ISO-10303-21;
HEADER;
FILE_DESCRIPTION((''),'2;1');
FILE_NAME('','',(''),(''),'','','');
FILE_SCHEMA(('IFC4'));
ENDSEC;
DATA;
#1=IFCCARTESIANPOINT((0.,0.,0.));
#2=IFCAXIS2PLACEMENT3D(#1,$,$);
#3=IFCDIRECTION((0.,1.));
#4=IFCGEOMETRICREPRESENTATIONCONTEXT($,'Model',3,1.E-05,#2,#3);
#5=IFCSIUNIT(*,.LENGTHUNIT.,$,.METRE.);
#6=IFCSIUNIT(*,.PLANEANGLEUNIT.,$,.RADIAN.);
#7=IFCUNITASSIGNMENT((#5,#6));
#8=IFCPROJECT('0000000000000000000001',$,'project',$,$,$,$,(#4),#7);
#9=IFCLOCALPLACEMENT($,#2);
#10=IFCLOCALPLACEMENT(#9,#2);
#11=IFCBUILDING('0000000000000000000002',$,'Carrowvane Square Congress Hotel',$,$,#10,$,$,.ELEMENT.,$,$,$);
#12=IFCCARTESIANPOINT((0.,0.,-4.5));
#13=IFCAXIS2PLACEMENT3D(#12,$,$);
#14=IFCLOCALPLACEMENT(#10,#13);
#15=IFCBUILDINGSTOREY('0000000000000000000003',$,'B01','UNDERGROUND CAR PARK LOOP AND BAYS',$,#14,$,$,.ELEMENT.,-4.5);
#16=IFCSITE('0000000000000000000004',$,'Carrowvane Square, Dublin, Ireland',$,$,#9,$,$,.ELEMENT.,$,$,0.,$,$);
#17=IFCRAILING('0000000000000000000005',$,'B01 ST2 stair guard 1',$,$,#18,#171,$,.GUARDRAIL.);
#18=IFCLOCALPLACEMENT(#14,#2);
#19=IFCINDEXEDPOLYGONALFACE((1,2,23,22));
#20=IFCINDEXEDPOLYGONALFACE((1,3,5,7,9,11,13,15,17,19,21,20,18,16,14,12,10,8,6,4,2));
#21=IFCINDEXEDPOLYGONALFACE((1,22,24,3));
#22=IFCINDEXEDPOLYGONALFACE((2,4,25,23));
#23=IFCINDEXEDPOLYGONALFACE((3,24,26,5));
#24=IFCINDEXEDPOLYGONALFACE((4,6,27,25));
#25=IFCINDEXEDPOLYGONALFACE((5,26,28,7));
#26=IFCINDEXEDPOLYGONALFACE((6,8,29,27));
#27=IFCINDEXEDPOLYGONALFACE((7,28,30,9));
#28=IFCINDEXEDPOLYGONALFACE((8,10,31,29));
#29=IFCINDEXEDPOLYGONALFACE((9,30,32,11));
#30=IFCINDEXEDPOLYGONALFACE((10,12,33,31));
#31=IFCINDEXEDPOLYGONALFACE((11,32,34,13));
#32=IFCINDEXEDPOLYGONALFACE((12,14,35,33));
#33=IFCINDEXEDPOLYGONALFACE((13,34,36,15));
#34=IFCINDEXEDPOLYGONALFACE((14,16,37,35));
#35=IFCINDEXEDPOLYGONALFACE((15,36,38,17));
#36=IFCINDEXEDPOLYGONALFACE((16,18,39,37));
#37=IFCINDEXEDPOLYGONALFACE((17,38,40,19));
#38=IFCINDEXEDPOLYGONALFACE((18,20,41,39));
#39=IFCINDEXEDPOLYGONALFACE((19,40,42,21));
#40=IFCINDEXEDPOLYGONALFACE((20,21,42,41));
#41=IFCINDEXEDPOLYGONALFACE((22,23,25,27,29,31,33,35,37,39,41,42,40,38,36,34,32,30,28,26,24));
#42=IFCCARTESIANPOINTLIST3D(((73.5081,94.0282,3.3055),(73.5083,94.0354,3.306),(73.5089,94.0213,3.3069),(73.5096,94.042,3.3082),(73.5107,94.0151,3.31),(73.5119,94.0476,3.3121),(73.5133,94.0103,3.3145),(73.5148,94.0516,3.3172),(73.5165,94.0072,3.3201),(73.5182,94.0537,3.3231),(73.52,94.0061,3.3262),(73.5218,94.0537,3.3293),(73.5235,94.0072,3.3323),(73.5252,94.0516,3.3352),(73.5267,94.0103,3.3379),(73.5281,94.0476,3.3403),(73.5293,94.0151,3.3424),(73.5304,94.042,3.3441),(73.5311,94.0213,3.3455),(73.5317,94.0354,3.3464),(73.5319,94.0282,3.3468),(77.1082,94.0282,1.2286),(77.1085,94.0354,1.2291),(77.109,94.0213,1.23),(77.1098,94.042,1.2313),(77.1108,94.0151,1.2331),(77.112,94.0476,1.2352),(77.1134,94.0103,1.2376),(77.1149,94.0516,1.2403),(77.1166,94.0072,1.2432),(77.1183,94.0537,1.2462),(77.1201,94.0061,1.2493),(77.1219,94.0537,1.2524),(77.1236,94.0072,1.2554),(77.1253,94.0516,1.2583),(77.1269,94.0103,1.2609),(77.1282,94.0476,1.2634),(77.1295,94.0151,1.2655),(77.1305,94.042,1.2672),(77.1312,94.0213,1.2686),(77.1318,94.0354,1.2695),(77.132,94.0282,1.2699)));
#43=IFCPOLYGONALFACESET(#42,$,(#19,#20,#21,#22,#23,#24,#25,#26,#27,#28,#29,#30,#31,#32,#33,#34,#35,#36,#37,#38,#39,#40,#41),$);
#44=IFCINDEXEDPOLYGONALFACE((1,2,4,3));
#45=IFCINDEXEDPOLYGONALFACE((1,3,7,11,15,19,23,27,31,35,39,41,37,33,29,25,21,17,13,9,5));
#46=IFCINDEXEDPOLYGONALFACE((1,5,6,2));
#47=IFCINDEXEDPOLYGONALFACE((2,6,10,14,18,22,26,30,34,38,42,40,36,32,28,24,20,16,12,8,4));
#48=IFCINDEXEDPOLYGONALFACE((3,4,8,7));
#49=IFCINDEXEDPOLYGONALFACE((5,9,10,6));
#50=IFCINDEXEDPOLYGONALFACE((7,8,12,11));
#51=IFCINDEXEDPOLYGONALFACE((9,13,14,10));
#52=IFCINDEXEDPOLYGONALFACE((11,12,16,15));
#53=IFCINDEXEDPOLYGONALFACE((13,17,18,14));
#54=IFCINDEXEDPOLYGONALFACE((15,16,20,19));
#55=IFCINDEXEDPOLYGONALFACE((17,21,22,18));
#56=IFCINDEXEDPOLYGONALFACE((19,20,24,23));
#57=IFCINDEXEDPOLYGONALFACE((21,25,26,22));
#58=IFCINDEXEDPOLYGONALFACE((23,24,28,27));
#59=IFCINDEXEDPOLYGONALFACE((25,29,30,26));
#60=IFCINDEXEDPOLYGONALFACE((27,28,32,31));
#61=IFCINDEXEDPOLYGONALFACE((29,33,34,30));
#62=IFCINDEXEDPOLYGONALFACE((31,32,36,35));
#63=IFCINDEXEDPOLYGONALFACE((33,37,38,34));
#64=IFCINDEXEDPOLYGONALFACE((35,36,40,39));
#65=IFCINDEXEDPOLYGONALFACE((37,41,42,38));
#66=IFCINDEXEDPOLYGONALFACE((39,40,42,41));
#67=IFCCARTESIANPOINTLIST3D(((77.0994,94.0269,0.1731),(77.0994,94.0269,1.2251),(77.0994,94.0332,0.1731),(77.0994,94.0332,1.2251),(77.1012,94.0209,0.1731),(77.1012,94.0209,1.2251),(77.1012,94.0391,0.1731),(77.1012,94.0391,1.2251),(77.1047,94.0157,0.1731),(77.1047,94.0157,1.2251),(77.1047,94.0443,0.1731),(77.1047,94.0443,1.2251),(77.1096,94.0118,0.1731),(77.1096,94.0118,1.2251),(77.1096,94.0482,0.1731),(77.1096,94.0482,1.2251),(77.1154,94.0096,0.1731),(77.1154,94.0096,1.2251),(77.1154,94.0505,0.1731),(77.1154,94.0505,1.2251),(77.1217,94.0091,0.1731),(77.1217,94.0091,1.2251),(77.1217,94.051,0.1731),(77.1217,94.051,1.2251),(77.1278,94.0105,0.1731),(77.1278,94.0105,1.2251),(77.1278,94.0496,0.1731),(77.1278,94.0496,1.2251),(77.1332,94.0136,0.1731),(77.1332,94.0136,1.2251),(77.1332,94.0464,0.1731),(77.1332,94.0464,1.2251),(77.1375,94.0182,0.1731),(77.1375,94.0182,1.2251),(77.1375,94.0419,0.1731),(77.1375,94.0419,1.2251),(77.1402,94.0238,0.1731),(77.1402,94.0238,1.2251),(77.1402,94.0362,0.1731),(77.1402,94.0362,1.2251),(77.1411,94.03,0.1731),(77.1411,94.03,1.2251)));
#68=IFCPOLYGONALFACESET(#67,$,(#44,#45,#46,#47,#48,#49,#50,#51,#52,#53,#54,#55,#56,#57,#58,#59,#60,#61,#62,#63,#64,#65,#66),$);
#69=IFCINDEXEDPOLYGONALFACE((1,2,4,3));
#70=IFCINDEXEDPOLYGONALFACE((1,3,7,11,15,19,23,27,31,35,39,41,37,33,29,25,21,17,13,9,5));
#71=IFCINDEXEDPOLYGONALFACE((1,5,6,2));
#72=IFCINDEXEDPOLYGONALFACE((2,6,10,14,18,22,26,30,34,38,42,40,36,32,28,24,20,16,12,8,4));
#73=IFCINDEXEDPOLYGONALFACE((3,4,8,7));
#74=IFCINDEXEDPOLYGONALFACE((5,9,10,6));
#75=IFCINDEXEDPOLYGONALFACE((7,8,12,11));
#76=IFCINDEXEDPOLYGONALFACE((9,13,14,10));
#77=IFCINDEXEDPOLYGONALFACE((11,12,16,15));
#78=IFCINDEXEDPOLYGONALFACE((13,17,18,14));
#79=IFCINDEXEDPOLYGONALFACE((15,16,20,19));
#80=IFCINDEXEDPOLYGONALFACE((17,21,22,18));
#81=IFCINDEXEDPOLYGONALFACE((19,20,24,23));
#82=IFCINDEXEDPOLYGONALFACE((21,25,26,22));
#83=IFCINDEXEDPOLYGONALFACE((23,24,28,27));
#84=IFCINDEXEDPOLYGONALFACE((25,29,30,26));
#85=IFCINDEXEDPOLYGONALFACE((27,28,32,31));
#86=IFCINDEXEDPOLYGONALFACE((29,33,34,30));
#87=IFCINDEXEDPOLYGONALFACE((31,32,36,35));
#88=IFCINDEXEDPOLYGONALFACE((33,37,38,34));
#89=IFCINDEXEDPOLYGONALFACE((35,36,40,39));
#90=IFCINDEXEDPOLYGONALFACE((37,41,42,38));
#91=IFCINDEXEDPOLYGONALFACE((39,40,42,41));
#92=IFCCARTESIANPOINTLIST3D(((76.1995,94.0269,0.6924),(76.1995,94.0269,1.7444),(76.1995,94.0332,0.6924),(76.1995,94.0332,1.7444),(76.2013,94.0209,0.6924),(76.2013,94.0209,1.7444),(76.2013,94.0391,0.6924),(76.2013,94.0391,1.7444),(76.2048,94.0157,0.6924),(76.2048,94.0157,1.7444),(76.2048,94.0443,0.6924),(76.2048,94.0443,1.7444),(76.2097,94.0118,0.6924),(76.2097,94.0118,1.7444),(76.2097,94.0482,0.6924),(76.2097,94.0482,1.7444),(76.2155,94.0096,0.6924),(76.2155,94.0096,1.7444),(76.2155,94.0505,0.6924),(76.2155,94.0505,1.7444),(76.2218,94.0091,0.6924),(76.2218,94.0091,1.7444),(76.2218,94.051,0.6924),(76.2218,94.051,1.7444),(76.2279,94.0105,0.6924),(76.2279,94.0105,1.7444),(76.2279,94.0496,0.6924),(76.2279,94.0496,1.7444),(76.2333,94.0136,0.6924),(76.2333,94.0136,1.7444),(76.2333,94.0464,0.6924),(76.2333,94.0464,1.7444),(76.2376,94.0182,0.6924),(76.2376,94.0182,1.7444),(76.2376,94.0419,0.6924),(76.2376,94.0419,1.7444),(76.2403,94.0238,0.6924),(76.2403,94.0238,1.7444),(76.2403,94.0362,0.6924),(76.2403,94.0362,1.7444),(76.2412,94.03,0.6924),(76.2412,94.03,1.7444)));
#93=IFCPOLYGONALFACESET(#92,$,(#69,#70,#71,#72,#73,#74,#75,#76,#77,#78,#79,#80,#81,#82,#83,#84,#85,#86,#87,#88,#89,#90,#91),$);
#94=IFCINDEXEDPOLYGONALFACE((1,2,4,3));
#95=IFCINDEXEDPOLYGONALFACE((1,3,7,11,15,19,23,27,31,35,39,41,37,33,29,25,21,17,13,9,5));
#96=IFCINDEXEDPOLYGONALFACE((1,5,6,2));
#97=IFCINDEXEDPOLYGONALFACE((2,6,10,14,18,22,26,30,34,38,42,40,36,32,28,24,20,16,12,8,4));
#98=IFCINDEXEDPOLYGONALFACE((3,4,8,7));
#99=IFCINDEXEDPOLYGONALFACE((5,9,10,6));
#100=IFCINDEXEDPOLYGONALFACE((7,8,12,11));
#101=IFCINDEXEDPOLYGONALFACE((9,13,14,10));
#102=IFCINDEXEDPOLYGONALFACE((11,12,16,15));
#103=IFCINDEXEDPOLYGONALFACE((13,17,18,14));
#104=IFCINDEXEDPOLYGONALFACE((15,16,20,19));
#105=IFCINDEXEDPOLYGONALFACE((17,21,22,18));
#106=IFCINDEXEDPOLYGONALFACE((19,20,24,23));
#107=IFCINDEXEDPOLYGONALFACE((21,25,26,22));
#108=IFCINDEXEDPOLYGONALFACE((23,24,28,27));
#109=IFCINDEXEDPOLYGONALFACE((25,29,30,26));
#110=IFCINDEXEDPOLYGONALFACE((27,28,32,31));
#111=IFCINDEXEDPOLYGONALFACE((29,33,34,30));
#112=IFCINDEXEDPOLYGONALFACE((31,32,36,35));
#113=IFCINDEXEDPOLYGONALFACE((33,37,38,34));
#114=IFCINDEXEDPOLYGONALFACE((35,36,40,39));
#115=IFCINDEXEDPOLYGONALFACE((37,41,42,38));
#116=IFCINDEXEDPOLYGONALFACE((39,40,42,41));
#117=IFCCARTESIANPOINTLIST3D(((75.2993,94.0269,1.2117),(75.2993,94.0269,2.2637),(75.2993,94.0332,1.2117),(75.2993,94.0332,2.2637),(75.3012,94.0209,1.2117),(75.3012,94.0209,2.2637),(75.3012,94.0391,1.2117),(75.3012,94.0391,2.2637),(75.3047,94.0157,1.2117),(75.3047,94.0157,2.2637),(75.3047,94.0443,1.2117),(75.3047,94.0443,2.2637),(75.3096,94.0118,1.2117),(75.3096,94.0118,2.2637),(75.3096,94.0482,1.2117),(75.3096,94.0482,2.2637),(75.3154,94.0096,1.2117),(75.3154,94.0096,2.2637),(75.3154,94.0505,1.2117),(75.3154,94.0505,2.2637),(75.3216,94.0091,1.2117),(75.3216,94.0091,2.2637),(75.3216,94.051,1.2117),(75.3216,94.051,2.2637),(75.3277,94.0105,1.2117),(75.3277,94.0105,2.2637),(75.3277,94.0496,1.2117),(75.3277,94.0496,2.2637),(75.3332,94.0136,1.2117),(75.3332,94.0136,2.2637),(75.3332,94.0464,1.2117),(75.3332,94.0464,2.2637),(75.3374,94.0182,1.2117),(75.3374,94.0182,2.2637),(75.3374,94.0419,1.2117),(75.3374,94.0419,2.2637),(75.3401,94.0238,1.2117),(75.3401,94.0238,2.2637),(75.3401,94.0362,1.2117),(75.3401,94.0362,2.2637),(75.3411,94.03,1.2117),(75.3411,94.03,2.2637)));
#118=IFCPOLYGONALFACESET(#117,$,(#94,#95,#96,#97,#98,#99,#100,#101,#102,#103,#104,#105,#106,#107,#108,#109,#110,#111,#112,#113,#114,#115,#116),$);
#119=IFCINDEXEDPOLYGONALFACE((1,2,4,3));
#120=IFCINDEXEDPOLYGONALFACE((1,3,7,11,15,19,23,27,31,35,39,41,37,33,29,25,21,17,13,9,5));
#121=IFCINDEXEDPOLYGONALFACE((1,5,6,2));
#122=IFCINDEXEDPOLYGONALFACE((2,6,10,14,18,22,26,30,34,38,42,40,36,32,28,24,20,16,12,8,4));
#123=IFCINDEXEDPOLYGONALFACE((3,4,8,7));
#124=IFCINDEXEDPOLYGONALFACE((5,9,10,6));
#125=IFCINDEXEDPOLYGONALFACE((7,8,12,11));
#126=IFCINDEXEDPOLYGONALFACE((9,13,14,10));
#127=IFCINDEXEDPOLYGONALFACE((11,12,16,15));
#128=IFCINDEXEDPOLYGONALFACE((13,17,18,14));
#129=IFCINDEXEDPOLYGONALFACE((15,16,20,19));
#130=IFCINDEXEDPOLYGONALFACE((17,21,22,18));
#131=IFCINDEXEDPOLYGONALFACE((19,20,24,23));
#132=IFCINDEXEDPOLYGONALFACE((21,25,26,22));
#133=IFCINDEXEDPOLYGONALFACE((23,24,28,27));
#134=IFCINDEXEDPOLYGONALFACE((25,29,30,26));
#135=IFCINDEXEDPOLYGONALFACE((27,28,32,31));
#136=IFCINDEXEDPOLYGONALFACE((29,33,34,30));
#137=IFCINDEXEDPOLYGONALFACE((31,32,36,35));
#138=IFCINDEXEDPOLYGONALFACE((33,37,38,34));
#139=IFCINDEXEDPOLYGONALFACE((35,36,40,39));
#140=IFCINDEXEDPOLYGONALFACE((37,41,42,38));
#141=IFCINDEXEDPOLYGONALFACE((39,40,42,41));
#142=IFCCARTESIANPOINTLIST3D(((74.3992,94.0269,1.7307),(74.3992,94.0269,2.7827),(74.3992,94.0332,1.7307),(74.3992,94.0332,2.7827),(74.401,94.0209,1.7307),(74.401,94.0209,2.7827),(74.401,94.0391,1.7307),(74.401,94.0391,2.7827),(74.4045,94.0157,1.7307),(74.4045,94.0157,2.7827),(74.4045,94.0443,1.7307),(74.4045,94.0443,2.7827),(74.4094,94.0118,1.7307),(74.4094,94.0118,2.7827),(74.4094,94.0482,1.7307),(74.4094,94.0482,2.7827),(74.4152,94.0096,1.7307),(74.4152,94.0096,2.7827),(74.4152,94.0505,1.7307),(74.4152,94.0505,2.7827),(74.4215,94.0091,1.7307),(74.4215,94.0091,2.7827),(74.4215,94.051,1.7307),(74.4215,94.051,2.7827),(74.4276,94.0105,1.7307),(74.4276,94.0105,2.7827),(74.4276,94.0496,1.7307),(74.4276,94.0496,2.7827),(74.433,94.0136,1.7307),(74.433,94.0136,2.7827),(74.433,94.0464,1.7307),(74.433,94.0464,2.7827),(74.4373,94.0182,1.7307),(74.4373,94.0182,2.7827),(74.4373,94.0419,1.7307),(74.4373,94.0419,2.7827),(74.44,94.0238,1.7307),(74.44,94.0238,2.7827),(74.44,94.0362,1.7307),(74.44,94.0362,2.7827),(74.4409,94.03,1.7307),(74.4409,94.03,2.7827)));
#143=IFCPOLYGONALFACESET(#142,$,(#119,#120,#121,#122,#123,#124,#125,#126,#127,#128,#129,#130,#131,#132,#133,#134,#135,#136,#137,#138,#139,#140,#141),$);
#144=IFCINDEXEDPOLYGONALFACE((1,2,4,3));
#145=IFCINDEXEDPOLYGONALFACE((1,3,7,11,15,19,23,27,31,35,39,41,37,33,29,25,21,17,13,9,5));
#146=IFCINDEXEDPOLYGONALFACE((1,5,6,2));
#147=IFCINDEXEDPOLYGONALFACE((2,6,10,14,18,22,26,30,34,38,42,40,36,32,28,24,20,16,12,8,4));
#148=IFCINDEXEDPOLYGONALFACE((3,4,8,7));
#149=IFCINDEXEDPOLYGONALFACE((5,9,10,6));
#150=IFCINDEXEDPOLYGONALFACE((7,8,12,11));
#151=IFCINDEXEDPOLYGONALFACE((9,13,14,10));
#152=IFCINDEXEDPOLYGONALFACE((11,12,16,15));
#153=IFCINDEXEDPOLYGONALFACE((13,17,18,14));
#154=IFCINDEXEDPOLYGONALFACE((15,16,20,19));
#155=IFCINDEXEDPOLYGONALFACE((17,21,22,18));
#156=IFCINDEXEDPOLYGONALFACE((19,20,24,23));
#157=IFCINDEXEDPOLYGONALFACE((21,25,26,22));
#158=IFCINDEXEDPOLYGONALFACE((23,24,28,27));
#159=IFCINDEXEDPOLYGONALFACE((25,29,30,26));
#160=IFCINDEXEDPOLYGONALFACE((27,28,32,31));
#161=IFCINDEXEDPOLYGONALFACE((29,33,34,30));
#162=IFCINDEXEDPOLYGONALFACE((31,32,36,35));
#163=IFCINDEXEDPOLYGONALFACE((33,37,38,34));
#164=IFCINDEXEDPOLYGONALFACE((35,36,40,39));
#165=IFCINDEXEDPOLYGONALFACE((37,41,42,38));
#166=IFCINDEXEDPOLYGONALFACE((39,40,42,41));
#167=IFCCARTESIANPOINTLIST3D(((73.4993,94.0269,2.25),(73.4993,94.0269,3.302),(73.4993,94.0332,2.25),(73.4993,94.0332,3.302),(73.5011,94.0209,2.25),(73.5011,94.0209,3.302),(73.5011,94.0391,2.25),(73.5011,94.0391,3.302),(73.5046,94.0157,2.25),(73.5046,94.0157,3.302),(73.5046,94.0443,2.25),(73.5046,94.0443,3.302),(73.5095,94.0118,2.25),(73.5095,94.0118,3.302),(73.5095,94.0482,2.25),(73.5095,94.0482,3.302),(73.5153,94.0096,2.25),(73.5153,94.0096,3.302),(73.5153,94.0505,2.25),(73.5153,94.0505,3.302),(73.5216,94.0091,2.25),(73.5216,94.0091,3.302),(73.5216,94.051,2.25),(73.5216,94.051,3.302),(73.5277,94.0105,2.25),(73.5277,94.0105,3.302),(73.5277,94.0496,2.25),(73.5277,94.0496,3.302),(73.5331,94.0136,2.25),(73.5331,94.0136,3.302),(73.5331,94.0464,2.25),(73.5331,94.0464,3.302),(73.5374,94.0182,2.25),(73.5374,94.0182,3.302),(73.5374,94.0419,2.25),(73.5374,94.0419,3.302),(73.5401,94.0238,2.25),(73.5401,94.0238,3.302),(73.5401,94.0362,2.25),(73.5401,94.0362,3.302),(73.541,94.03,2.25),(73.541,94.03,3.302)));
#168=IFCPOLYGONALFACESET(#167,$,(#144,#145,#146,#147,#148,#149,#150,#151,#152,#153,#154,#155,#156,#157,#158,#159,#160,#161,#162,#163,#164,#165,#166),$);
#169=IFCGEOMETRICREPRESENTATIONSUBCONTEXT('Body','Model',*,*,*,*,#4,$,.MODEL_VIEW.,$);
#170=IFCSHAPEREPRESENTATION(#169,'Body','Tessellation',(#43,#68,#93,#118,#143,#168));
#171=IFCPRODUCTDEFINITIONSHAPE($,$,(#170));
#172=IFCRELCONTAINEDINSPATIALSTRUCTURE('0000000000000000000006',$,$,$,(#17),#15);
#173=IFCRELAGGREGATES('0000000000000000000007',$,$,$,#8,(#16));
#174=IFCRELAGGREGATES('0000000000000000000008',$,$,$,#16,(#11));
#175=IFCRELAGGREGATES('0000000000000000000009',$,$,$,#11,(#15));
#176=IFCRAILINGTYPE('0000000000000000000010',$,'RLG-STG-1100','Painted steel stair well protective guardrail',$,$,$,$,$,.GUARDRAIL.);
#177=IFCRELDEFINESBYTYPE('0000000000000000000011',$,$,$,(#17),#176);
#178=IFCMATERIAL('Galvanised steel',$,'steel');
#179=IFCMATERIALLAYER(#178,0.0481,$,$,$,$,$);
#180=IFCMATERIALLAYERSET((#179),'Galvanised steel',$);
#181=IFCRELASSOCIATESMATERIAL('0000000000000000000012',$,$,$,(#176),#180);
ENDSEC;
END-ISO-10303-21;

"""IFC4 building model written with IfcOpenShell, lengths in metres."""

from ifc_helpers import new_model, si_unit, direction, frame, origin, origin_2d, place, context, subcontext, project, spatial, circle, extrude, material, layer, layer_set, type_object, element, save


model = new_model("IFC4")

# Units and contexts
model_context = context("Model", 3, precision=1e-05, world=origin(), true_north=direction((0.0, 1.0)))
body_context = subcontext(model_context, "Body", "Model", "MODEL_VIEW")
ifc_project = project(units=[si_unit("LENGTHUNIT", "METRE"), si_unit("PLANEANGLEUNIT", "RADIAN")], contexts=[model_context])

# Site, building, storey
site_placement = place(None, origin())
site = spatial("IfcSite", under=ifc_project, at=site_placement, Name="Carrowvane Square, Dublin, Ireland", CompositionType="ELEMENT", RefElevation=0.0)
building_placement = place(site_placement, origin())
building = spatial("IfcBuilding", under=site, at=building_placement, Name="Carrowvane Square Congress Hotel", CompositionType="ELEMENT")
storey_placement = place(building_placement, frame((0.0, 0.0, -4.5)))
storey = spatial("IfcBuildingStorey", under=building, at=storey_placement, Name="B01", Description="UNDERGROUND CAR PARK LOOP AND BAYS", CompositionType="ELEMENT", Elevation=-4.5)

# Railing
ifc_material_1 = material(Name="Galvanised steel", Category="steel")
ifc_layer_1 = layer(ifc_material_1, 0.0481)
ifc_layer_set_1 = layer_set([ifc_layer_1], Name="Galvanised steel")
railing_type_1 = type_object("IfcRailingType", Name="RLG-STG-1100", Description="Painted steel stair well protective guardrail", PredefinedType="GUARDRAIL", material=ifc_layer_set_1)
railing_1_placement = place(storey_placement, frame((77.1201, 94.03, 0.1731)))
element("IfcRailing", 1, at=railing_1_placement, inside=storey, type_object=railing_type_1, Name="B01 ST2 stair guard 1", PredefinedType="GUARDRAIL", context=body_context, shape_type="SweptSolid", body=[
    extrude(circle(Radius=0.0239, at=origin_2d()), frame((0.0, 0.0, 1.0762), z_axis=(-0.866193, 0.0, 0.499709), x_axis=(0.0, -1.0, 0.0)), (0.0, 0.0, 1.0), 4.1562),
    extrude(circle(Radius=0.021, at=origin_2d()), origin(), (0.0, 0.0, 1.0), 1.052),
    extrude(circle(Radius=0.021, at=origin_2d()), frame((-0.8999, 0.0, 0.5193)), (0.0, 0.0, 1.0), 1.052),
    extrude(circle(Radius=0.021, at=origin_2d()), frame((-1.8, 0.0, 1.0386)), (0.0, 0.0, 1.0), 1.052),
    extrude(circle(Radius=0.021, at=origin_2d()), frame((-2.7002, 0.0, 1.5576)), (0.0, 0.0, 1.0), 1.052),
    extrude(circle(Radius=0.021, at=origin_2d()), frame((-3.6001, 0.0, 2.0769)), (0.0, 0.0, 1.0), 1.052),
])

save(model, "model.ifc")
